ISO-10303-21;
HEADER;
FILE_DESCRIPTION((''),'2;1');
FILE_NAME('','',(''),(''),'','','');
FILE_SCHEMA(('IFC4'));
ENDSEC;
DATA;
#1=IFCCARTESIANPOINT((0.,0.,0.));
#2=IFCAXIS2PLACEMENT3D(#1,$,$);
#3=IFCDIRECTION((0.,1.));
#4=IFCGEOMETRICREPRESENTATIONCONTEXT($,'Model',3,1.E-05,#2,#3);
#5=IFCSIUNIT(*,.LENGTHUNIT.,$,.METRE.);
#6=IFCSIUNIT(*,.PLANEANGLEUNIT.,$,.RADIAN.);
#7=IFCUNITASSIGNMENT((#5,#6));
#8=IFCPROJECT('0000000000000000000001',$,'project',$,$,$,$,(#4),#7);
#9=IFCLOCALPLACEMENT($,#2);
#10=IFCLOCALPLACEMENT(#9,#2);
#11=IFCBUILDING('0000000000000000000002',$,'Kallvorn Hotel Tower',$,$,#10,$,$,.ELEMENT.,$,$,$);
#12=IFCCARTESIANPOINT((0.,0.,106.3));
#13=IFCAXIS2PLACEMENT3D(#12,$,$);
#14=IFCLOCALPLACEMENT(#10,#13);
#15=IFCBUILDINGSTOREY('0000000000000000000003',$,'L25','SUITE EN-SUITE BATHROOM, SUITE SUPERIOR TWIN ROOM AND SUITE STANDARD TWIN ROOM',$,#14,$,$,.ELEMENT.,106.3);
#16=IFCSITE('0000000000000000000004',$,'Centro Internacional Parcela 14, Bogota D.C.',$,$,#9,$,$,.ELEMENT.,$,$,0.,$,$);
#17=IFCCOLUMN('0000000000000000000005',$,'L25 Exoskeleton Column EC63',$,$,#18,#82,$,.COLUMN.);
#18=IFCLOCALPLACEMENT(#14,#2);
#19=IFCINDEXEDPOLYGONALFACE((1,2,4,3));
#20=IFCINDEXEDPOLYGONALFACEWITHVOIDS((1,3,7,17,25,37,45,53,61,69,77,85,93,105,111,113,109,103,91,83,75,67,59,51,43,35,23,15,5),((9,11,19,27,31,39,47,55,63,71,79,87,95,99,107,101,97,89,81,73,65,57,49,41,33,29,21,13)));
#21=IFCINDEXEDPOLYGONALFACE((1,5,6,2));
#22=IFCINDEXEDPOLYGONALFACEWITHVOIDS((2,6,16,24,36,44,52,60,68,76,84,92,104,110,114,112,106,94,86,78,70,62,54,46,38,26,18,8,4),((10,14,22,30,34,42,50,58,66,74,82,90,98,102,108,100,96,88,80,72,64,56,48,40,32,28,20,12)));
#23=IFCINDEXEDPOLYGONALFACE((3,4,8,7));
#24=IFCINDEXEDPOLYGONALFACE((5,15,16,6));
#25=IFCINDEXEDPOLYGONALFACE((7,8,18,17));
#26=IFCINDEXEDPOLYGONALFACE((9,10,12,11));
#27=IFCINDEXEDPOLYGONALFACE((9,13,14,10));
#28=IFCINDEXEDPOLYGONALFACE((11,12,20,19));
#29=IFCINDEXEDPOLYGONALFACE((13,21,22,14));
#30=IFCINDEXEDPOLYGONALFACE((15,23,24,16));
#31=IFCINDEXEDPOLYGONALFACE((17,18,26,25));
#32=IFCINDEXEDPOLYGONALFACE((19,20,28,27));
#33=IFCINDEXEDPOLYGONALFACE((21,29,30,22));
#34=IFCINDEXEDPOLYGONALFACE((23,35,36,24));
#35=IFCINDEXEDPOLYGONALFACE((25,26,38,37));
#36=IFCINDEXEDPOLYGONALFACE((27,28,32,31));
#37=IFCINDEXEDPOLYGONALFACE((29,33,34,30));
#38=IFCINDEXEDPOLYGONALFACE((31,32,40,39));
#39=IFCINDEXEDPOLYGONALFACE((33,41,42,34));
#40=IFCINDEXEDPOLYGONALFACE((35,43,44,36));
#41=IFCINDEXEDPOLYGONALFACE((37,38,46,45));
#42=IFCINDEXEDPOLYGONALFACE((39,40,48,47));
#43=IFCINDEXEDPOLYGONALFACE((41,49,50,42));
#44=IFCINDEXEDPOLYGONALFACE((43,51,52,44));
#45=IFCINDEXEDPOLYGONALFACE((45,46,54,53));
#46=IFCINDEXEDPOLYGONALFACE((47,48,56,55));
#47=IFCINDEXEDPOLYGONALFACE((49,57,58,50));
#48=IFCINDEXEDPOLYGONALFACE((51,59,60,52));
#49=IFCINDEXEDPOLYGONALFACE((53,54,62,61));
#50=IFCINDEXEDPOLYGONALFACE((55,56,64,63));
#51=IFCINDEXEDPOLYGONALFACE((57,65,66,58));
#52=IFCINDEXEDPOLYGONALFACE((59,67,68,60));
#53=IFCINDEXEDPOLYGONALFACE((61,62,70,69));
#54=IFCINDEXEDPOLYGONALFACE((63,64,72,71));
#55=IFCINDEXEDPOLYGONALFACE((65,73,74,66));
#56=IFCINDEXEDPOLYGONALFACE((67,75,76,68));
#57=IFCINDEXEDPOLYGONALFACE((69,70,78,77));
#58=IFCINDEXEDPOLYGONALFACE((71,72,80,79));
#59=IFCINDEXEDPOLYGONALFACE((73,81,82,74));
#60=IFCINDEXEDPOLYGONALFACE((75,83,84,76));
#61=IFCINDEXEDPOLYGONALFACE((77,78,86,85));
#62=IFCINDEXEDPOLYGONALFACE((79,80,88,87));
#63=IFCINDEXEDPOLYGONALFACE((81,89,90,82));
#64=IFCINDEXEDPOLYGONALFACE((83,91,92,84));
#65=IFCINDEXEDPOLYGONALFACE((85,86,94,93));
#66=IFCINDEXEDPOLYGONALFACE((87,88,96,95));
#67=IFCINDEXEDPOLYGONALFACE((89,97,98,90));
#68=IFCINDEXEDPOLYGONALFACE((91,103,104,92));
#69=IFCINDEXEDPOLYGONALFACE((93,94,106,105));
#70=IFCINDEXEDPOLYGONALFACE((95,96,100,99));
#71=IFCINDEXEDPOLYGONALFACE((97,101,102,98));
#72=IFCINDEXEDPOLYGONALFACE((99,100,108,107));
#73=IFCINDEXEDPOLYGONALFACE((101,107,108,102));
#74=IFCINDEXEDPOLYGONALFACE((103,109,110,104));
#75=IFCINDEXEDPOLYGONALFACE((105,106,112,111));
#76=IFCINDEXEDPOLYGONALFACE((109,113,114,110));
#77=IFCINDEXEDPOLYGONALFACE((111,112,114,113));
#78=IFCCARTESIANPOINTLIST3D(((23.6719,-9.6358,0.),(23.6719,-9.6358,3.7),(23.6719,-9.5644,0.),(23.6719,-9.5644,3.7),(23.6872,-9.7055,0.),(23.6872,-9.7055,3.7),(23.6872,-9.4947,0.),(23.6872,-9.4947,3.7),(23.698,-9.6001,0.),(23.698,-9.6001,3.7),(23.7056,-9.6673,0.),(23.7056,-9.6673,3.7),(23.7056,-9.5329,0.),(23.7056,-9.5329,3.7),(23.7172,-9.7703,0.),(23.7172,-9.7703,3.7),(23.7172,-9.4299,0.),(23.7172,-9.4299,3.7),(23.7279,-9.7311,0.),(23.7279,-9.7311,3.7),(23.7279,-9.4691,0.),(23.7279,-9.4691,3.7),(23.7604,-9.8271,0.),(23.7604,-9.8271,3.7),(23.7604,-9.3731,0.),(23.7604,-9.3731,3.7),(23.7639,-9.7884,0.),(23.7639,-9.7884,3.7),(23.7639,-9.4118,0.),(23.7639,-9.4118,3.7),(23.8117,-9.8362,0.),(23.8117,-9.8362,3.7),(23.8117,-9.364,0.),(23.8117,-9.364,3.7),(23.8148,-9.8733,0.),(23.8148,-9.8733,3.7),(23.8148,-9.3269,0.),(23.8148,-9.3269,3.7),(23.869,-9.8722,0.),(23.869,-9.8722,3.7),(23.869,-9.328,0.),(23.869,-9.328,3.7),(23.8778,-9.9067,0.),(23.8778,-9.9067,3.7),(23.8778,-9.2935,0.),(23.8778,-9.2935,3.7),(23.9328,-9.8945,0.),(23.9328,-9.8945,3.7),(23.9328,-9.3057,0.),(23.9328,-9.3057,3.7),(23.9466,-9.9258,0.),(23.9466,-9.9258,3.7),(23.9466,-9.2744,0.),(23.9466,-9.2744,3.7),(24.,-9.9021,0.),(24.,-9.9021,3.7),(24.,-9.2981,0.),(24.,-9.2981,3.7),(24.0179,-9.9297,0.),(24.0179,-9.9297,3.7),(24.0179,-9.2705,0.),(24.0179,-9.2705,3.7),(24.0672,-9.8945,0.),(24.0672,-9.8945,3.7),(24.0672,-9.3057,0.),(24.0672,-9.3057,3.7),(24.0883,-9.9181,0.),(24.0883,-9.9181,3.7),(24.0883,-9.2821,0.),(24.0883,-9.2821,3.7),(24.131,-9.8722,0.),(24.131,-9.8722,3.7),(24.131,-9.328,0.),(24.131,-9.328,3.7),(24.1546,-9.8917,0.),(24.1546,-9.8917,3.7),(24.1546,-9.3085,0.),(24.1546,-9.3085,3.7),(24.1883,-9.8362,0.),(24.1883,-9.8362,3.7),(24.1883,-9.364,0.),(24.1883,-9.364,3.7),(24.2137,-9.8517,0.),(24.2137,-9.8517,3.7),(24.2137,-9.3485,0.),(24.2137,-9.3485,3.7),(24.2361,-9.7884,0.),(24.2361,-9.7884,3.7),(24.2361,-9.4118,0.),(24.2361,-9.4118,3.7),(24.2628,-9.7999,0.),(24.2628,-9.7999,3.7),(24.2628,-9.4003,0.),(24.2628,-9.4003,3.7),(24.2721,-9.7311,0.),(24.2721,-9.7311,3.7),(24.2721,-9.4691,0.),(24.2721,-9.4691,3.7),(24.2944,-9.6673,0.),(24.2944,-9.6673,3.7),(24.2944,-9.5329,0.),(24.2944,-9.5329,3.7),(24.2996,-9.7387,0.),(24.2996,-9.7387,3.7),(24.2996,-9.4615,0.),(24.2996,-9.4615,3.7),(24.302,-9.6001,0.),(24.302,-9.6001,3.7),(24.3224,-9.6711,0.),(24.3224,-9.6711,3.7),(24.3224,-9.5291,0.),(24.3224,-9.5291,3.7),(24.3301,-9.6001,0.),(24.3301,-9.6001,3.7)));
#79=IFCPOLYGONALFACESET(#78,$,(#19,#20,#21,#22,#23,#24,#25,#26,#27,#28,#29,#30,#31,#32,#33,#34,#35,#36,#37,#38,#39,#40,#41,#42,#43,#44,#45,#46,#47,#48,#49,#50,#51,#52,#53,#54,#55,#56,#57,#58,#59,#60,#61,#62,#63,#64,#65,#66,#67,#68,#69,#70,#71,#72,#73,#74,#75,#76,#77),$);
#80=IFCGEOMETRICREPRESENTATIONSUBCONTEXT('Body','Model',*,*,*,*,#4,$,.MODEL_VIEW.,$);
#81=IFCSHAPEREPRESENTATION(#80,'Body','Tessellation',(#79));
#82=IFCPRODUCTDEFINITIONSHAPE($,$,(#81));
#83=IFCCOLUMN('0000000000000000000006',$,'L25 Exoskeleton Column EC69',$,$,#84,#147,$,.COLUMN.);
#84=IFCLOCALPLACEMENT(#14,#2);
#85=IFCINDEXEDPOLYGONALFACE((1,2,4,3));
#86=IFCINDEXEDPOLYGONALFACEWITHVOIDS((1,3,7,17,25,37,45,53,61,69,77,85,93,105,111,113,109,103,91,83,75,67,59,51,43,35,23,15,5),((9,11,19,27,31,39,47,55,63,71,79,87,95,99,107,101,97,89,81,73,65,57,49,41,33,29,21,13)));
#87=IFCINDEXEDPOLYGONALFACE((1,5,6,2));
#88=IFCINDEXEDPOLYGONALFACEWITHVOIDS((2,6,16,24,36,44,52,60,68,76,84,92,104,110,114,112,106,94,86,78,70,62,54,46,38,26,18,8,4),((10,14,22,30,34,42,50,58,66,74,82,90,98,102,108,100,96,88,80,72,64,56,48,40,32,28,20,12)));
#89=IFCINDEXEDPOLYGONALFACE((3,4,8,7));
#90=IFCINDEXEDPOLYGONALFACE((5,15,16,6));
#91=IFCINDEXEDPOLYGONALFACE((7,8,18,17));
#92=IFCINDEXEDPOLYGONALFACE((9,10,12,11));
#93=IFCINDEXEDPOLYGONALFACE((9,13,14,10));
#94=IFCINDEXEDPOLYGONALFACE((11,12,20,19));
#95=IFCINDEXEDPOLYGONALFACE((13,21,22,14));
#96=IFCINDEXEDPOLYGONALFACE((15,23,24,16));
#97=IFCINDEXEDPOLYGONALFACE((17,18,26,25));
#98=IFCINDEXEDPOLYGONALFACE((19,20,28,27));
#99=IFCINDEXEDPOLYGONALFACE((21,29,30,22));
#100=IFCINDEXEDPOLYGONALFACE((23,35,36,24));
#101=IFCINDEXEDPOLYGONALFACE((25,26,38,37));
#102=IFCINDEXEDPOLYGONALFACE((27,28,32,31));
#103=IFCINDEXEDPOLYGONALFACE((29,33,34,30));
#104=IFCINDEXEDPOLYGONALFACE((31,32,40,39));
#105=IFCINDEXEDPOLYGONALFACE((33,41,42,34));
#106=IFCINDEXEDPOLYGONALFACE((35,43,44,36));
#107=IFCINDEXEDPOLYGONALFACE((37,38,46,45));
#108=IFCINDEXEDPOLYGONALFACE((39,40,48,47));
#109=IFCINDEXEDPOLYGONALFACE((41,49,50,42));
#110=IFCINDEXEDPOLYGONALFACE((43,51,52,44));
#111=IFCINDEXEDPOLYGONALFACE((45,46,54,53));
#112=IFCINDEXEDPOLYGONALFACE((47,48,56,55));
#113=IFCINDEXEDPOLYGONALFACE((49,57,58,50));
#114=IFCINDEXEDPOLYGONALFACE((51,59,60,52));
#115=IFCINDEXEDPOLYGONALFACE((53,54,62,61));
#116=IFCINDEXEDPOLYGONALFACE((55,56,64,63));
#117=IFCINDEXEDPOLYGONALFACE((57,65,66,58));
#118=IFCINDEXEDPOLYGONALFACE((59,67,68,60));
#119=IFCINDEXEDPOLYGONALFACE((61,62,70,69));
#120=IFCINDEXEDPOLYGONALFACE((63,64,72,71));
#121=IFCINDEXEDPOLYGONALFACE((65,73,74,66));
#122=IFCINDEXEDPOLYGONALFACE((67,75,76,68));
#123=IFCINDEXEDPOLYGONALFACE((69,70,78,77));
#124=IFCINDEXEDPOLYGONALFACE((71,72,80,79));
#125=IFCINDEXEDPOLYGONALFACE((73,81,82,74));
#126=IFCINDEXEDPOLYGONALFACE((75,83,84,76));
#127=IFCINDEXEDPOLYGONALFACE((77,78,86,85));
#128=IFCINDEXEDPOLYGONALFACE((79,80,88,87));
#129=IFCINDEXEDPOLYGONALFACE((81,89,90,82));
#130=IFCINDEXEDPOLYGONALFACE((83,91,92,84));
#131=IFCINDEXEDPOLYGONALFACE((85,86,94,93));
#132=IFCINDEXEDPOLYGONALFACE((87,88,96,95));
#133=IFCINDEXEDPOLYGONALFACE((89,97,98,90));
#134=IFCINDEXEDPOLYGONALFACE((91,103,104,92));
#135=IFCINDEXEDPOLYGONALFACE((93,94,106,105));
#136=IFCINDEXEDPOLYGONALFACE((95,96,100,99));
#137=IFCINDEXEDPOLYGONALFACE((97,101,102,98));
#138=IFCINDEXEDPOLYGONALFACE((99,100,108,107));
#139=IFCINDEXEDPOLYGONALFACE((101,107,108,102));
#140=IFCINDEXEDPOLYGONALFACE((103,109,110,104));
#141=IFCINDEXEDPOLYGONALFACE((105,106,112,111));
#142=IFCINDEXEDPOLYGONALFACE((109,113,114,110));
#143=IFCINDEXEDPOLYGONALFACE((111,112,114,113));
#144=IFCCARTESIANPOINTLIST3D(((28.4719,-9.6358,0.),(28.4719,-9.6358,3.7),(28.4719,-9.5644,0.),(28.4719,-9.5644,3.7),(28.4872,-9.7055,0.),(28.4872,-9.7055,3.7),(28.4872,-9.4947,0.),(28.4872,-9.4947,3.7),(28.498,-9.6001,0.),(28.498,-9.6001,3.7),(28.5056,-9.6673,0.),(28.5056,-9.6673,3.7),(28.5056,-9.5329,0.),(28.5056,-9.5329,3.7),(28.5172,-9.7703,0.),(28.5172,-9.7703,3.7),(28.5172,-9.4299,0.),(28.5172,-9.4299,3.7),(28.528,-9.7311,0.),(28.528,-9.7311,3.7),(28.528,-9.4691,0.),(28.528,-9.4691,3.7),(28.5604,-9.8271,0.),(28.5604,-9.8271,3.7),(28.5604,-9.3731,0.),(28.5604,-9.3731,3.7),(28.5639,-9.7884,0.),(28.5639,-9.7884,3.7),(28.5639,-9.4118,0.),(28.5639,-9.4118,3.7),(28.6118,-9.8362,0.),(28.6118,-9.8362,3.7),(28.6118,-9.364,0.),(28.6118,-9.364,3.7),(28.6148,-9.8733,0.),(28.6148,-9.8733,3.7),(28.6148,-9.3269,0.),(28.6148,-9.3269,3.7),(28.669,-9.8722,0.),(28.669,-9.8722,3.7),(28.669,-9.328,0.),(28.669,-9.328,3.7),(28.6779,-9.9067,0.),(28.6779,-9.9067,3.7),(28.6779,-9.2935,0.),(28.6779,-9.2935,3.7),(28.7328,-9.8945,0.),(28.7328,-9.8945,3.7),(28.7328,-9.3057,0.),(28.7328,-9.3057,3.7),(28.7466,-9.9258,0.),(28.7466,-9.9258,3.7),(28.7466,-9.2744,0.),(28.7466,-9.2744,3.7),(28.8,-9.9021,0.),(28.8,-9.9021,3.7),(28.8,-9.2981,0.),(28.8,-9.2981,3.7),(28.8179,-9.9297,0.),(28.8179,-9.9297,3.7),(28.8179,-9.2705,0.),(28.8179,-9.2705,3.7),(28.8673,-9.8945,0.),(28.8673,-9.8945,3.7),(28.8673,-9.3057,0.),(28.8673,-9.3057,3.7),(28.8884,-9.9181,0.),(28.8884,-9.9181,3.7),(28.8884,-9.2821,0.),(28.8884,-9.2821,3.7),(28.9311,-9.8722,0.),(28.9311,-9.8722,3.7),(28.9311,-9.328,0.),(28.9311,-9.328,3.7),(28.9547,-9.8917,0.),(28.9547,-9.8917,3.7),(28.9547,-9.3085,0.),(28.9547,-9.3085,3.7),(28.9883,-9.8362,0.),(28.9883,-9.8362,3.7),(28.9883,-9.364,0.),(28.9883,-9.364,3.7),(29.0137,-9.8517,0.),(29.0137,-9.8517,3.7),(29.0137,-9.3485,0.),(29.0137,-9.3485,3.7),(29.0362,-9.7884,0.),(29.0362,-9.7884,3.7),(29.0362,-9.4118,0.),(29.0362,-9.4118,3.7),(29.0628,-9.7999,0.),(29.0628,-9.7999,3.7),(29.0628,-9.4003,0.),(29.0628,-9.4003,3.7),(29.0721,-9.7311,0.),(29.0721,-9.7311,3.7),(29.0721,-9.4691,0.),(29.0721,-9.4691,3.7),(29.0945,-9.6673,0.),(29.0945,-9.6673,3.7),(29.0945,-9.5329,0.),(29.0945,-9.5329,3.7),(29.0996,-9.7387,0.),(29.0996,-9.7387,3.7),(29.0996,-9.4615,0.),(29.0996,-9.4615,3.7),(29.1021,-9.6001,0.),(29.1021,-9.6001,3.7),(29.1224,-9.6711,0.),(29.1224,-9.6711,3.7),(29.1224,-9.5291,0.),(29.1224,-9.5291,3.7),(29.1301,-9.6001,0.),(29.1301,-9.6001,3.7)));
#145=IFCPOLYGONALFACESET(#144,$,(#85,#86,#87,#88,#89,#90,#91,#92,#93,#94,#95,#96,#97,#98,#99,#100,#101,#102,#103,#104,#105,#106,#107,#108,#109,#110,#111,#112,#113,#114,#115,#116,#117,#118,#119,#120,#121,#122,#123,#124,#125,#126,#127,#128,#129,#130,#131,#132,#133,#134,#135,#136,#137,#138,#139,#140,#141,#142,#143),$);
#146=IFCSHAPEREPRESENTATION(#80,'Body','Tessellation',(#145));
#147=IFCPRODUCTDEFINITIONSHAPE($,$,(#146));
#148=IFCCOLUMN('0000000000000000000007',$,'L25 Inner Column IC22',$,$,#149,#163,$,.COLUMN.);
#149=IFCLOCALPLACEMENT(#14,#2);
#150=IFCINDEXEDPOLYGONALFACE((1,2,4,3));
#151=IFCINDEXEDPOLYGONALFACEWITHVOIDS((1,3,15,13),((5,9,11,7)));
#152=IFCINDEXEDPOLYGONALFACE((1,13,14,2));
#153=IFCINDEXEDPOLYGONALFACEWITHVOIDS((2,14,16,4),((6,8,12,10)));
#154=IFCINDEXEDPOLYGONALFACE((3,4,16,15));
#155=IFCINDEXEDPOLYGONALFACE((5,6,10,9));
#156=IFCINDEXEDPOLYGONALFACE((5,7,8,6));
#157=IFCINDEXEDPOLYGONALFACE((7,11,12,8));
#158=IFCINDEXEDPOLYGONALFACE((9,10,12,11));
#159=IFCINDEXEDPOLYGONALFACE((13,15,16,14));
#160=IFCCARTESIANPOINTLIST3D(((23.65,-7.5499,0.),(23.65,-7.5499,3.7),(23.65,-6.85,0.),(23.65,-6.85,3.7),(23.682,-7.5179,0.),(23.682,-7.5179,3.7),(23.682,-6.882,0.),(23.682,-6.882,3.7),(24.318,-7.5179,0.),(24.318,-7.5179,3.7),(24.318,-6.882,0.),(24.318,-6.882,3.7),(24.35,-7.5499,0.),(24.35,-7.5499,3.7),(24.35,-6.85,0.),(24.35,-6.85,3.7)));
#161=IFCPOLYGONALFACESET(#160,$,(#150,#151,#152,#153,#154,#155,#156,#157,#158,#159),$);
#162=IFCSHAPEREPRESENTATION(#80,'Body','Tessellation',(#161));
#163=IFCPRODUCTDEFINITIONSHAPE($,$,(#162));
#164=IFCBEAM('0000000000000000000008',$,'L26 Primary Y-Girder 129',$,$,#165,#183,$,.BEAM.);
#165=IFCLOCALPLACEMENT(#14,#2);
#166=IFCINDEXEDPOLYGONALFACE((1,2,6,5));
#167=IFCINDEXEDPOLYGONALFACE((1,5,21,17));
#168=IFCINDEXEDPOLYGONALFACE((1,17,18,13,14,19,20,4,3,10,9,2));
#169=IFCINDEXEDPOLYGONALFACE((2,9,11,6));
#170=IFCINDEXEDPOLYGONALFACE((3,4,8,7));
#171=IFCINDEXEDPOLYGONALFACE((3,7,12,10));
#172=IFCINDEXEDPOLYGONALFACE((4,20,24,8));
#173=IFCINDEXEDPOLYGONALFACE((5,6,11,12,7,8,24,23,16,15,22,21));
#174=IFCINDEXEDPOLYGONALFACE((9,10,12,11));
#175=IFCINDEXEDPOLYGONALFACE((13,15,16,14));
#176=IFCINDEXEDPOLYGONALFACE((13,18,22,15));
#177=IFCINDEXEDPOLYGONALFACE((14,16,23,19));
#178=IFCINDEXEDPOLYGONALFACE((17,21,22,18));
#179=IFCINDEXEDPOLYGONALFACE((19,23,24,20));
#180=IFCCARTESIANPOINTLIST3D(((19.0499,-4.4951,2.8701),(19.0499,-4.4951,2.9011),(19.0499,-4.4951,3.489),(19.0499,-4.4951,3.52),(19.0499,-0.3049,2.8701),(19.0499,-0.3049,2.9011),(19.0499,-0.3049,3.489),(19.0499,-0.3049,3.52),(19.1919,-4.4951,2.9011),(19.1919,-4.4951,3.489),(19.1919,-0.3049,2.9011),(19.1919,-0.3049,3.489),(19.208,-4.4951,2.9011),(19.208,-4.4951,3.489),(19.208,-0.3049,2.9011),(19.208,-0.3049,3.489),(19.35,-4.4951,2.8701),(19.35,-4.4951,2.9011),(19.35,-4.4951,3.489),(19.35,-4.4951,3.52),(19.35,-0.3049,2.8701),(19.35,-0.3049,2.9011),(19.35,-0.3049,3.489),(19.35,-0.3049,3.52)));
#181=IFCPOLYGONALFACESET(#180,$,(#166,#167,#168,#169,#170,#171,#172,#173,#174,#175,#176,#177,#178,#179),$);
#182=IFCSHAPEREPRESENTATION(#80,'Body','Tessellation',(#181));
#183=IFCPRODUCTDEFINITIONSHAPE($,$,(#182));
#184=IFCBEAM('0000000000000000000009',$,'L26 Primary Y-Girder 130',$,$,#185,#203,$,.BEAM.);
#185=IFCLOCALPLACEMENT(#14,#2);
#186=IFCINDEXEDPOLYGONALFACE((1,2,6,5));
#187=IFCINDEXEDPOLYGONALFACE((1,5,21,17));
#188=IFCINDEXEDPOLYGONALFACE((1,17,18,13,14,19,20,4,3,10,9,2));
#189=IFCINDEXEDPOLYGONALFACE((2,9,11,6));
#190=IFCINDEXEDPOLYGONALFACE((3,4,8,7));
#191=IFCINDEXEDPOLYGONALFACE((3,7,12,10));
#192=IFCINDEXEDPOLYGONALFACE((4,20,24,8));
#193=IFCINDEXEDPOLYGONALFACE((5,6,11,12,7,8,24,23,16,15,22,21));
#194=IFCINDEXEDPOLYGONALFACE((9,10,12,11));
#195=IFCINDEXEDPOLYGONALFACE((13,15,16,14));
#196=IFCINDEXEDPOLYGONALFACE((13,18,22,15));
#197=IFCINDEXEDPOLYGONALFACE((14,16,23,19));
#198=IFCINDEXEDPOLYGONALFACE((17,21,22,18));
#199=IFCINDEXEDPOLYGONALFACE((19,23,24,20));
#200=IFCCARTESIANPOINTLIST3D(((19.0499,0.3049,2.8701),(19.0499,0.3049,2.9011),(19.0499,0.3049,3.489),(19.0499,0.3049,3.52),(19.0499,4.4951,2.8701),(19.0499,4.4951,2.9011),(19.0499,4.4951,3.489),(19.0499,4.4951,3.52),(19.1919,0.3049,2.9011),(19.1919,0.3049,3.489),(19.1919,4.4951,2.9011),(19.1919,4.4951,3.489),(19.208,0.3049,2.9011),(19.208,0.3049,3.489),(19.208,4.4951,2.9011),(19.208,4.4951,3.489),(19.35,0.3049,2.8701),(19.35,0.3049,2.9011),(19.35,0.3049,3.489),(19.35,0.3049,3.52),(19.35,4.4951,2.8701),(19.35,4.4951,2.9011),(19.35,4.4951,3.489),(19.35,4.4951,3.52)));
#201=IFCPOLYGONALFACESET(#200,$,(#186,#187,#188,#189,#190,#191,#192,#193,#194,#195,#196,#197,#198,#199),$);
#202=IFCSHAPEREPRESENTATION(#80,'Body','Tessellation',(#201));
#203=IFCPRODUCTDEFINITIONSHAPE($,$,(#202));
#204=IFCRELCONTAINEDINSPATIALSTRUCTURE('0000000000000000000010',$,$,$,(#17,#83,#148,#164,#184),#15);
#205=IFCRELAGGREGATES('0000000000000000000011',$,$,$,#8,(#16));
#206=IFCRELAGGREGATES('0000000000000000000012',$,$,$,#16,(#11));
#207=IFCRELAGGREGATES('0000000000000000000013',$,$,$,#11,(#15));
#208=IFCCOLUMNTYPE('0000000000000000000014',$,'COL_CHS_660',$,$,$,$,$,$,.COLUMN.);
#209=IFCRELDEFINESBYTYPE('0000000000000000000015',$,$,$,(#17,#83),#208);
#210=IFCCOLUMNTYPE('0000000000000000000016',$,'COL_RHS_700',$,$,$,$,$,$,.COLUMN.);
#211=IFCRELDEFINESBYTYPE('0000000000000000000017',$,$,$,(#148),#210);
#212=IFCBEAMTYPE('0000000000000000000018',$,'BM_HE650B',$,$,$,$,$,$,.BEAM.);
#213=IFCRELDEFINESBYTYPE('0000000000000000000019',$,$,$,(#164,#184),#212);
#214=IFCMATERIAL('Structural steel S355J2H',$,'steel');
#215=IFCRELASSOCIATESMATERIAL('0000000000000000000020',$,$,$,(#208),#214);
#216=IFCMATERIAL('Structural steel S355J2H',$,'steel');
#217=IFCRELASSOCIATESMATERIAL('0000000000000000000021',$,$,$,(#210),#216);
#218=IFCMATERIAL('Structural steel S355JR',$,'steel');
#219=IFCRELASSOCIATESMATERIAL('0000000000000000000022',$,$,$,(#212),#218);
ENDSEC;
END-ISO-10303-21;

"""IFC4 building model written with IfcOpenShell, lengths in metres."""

from ifc_helpers import new_model, si_unit, direction, frame, origin, origin_2d, place, context, subcontext, project, spatial, hollow_rectangle, hollow_circle, i_section, extrude, material, material_profile, profile_set, type_object, element, save


model = new_model("IFC4")

# Units and contexts
model_context = context("Model", 3, precision=1e-05, world=origin(), true_north=direction((0.0, 1.0)))
body_context = subcontext(model_context, "Body", "Model", "MODEL_VIEW")
ifc_project = project(units=[si_unit("LENGTHUNIT", "METRE"), si_unit("PLANEANGLEUNIT", "RADIAN")], contexts=[model_context])

# Site, building, storey
site_placement = place(None, origin())
site = spatial("IfcSite", under=ifc_project, at=site_placement, Name="Centro Internacional Parcela 14, Bogota D.C.", CompositionType="ELEMENT", RefElevation=0.0)
building_placement = place(site_placement, origin())
building = spatial("IfcBuilding", under=site, at=building_placement, Name="Kallvorn Hotel Tower", CompositionType="ELEMENT")
storey_placement = place(building_placement, frame((0.0, 0.0, 106.3)))
storey = spatial("IfcBuildingStorey", under=building, at=storey_placement, Name="L25", Description="SUITE EN-SUITE BATHROOM, SUITE SUPERIOR TWIN ROOM AND SUITE STANDARD TWIN ROOM", CompositionType="ELEMENT", Elevation=106.3)

# Columns
ifc_material_1 = material(Name="Structural steel S355J2H", Category="steel")
ifc_material_profile_1 = material_profile(ifc_material_1, hollow_circle(Radius=0.3301, WallThickness=0.0281, at=origin_2d()), Name="CHS 660x28")
ifc_profile_set_1 = profile_set([ifc_material_profile_1], Name="Structural steel S355J2H")
column_type_1 = type_object("IfcColumnType", Name="COL_CHS_660", PredefinedType="COLUMN", material=ifc_profile_set_1)
for number, where, z_axis, x_axis, name in (
    (1, (24.0, -9.6001, 0.0), (0.0, 0.0, 1.0), (1.0, 0.0, 0.0), "L25 Exoskeleton Column EC63"),
    (2, (28.8, -9.6001, 0.0), (0.0, 0.0, 1.0), (1.0, 0.0, 0.0), "L25 Exoskeleton Column EC69"),
):
    element("IfcColumn", number, at=place(storey_placement, frame(where, z_axis=z_axis, x_axis=x_axis)), inside=storey, type_object=column_type_1, Name=name, PredefinedType="COLUMN", context=body_context, shape_type="SweptSolid", body=[
        extrude(hollow_circle(Radius=0.3301, WallThickness=0.0281, at=origin_2d()), origin(), (0.0, 0.0, 1.0), 3.7),
    ])
ifc_material_2 = material(Name="Structural steel S355J2H", Category="steel")
ifc_material_profile_2 = material_profile(ifc_material_2, hollow_rectangle(XDim=0.7, YDim=0.7, WallThickness=0.032, at=origin_2d()), Name="RHS 700x700x32")
ifc_profile_set_2 = profile_set([ifc_material_profile_2], Name="Structural steel S355J2H")
column_type_2 = type_object("IfcColumnType", Name="COL_RHS_700", PredefinedType="COLUMN", material=ifc_profile_set_2)
column_placement = place(storey_placement, frame((24.0, -7.2, 0.0), z_axis=(0.0, 0.0, 1.0), x_axis=(1.0, 0.0, 0.0)))
element("IfcColumn", 3, at=column_placement, inside=storey, type_object=column_type_2, Name="L25 Inner Column IC22", PredefinedType="COLUMN", context=body_context, shape_type="SweptSolid", body=[
    extrude(hollow_rectangle(XDim=0.7, YDim=0.7, WallThickness=0.032, at=origin_2d()), origin(), (0.0, 0.0, 1.0), 3.7),
])

# Beams
ifc_material_3 = material(Name="Structural steel S355JR", Category="steel")
ifc_material_profile_3 = material_profile(ifc_material_3, i_section(OverallWidth=0.3, OverallDepth=0.6499, WebThickness=0.0161, FlangeThickness=0.031, at=origin_2d()), Name="HE 650 B")
ifc_profile_set_3 = profile_set([ifc_material_profile_3], Name="Structural steel S355JR")
beam_type_1 = type_object("IfcBeamType", Name="BM_HE650B", PredefinedType="BEAM", material=ifc_profile_set_3)
for number, where, z_axis, x_axis, name in (
    (4, (19.2, -4.4951, 3.1951), (0.0, 1.0, 0.0), (-1.0, 0.0, 0.0), "L26 Primary Y-Girder 129"),
    (5, (19.2, 0.3049, 3.1951), (0.0, 1.0, 0.0), (-1.0, 0.0, 0.0), "L26 Primary Y-Girder 130"),
):
    element("IfcBeam", number, at=place(storey_placement, frame(where, z_axis=z_axis, x_axis=x_axis)), inside=storey, type_object=beam_type_1, Name=name, PredefinedType="BEAM", context=body_context, shape_type="SweptSolid", body=[
        extrude(i_section(OverallWidth=0.3, OverallDepth=0.6499, WebThickness=0.0161, FlangeThickness=0.031, at=origin_2d()), origin(), (0.0, 0.0, 1.0), 4.1902),
    ])

save(model, "model.ifc")
